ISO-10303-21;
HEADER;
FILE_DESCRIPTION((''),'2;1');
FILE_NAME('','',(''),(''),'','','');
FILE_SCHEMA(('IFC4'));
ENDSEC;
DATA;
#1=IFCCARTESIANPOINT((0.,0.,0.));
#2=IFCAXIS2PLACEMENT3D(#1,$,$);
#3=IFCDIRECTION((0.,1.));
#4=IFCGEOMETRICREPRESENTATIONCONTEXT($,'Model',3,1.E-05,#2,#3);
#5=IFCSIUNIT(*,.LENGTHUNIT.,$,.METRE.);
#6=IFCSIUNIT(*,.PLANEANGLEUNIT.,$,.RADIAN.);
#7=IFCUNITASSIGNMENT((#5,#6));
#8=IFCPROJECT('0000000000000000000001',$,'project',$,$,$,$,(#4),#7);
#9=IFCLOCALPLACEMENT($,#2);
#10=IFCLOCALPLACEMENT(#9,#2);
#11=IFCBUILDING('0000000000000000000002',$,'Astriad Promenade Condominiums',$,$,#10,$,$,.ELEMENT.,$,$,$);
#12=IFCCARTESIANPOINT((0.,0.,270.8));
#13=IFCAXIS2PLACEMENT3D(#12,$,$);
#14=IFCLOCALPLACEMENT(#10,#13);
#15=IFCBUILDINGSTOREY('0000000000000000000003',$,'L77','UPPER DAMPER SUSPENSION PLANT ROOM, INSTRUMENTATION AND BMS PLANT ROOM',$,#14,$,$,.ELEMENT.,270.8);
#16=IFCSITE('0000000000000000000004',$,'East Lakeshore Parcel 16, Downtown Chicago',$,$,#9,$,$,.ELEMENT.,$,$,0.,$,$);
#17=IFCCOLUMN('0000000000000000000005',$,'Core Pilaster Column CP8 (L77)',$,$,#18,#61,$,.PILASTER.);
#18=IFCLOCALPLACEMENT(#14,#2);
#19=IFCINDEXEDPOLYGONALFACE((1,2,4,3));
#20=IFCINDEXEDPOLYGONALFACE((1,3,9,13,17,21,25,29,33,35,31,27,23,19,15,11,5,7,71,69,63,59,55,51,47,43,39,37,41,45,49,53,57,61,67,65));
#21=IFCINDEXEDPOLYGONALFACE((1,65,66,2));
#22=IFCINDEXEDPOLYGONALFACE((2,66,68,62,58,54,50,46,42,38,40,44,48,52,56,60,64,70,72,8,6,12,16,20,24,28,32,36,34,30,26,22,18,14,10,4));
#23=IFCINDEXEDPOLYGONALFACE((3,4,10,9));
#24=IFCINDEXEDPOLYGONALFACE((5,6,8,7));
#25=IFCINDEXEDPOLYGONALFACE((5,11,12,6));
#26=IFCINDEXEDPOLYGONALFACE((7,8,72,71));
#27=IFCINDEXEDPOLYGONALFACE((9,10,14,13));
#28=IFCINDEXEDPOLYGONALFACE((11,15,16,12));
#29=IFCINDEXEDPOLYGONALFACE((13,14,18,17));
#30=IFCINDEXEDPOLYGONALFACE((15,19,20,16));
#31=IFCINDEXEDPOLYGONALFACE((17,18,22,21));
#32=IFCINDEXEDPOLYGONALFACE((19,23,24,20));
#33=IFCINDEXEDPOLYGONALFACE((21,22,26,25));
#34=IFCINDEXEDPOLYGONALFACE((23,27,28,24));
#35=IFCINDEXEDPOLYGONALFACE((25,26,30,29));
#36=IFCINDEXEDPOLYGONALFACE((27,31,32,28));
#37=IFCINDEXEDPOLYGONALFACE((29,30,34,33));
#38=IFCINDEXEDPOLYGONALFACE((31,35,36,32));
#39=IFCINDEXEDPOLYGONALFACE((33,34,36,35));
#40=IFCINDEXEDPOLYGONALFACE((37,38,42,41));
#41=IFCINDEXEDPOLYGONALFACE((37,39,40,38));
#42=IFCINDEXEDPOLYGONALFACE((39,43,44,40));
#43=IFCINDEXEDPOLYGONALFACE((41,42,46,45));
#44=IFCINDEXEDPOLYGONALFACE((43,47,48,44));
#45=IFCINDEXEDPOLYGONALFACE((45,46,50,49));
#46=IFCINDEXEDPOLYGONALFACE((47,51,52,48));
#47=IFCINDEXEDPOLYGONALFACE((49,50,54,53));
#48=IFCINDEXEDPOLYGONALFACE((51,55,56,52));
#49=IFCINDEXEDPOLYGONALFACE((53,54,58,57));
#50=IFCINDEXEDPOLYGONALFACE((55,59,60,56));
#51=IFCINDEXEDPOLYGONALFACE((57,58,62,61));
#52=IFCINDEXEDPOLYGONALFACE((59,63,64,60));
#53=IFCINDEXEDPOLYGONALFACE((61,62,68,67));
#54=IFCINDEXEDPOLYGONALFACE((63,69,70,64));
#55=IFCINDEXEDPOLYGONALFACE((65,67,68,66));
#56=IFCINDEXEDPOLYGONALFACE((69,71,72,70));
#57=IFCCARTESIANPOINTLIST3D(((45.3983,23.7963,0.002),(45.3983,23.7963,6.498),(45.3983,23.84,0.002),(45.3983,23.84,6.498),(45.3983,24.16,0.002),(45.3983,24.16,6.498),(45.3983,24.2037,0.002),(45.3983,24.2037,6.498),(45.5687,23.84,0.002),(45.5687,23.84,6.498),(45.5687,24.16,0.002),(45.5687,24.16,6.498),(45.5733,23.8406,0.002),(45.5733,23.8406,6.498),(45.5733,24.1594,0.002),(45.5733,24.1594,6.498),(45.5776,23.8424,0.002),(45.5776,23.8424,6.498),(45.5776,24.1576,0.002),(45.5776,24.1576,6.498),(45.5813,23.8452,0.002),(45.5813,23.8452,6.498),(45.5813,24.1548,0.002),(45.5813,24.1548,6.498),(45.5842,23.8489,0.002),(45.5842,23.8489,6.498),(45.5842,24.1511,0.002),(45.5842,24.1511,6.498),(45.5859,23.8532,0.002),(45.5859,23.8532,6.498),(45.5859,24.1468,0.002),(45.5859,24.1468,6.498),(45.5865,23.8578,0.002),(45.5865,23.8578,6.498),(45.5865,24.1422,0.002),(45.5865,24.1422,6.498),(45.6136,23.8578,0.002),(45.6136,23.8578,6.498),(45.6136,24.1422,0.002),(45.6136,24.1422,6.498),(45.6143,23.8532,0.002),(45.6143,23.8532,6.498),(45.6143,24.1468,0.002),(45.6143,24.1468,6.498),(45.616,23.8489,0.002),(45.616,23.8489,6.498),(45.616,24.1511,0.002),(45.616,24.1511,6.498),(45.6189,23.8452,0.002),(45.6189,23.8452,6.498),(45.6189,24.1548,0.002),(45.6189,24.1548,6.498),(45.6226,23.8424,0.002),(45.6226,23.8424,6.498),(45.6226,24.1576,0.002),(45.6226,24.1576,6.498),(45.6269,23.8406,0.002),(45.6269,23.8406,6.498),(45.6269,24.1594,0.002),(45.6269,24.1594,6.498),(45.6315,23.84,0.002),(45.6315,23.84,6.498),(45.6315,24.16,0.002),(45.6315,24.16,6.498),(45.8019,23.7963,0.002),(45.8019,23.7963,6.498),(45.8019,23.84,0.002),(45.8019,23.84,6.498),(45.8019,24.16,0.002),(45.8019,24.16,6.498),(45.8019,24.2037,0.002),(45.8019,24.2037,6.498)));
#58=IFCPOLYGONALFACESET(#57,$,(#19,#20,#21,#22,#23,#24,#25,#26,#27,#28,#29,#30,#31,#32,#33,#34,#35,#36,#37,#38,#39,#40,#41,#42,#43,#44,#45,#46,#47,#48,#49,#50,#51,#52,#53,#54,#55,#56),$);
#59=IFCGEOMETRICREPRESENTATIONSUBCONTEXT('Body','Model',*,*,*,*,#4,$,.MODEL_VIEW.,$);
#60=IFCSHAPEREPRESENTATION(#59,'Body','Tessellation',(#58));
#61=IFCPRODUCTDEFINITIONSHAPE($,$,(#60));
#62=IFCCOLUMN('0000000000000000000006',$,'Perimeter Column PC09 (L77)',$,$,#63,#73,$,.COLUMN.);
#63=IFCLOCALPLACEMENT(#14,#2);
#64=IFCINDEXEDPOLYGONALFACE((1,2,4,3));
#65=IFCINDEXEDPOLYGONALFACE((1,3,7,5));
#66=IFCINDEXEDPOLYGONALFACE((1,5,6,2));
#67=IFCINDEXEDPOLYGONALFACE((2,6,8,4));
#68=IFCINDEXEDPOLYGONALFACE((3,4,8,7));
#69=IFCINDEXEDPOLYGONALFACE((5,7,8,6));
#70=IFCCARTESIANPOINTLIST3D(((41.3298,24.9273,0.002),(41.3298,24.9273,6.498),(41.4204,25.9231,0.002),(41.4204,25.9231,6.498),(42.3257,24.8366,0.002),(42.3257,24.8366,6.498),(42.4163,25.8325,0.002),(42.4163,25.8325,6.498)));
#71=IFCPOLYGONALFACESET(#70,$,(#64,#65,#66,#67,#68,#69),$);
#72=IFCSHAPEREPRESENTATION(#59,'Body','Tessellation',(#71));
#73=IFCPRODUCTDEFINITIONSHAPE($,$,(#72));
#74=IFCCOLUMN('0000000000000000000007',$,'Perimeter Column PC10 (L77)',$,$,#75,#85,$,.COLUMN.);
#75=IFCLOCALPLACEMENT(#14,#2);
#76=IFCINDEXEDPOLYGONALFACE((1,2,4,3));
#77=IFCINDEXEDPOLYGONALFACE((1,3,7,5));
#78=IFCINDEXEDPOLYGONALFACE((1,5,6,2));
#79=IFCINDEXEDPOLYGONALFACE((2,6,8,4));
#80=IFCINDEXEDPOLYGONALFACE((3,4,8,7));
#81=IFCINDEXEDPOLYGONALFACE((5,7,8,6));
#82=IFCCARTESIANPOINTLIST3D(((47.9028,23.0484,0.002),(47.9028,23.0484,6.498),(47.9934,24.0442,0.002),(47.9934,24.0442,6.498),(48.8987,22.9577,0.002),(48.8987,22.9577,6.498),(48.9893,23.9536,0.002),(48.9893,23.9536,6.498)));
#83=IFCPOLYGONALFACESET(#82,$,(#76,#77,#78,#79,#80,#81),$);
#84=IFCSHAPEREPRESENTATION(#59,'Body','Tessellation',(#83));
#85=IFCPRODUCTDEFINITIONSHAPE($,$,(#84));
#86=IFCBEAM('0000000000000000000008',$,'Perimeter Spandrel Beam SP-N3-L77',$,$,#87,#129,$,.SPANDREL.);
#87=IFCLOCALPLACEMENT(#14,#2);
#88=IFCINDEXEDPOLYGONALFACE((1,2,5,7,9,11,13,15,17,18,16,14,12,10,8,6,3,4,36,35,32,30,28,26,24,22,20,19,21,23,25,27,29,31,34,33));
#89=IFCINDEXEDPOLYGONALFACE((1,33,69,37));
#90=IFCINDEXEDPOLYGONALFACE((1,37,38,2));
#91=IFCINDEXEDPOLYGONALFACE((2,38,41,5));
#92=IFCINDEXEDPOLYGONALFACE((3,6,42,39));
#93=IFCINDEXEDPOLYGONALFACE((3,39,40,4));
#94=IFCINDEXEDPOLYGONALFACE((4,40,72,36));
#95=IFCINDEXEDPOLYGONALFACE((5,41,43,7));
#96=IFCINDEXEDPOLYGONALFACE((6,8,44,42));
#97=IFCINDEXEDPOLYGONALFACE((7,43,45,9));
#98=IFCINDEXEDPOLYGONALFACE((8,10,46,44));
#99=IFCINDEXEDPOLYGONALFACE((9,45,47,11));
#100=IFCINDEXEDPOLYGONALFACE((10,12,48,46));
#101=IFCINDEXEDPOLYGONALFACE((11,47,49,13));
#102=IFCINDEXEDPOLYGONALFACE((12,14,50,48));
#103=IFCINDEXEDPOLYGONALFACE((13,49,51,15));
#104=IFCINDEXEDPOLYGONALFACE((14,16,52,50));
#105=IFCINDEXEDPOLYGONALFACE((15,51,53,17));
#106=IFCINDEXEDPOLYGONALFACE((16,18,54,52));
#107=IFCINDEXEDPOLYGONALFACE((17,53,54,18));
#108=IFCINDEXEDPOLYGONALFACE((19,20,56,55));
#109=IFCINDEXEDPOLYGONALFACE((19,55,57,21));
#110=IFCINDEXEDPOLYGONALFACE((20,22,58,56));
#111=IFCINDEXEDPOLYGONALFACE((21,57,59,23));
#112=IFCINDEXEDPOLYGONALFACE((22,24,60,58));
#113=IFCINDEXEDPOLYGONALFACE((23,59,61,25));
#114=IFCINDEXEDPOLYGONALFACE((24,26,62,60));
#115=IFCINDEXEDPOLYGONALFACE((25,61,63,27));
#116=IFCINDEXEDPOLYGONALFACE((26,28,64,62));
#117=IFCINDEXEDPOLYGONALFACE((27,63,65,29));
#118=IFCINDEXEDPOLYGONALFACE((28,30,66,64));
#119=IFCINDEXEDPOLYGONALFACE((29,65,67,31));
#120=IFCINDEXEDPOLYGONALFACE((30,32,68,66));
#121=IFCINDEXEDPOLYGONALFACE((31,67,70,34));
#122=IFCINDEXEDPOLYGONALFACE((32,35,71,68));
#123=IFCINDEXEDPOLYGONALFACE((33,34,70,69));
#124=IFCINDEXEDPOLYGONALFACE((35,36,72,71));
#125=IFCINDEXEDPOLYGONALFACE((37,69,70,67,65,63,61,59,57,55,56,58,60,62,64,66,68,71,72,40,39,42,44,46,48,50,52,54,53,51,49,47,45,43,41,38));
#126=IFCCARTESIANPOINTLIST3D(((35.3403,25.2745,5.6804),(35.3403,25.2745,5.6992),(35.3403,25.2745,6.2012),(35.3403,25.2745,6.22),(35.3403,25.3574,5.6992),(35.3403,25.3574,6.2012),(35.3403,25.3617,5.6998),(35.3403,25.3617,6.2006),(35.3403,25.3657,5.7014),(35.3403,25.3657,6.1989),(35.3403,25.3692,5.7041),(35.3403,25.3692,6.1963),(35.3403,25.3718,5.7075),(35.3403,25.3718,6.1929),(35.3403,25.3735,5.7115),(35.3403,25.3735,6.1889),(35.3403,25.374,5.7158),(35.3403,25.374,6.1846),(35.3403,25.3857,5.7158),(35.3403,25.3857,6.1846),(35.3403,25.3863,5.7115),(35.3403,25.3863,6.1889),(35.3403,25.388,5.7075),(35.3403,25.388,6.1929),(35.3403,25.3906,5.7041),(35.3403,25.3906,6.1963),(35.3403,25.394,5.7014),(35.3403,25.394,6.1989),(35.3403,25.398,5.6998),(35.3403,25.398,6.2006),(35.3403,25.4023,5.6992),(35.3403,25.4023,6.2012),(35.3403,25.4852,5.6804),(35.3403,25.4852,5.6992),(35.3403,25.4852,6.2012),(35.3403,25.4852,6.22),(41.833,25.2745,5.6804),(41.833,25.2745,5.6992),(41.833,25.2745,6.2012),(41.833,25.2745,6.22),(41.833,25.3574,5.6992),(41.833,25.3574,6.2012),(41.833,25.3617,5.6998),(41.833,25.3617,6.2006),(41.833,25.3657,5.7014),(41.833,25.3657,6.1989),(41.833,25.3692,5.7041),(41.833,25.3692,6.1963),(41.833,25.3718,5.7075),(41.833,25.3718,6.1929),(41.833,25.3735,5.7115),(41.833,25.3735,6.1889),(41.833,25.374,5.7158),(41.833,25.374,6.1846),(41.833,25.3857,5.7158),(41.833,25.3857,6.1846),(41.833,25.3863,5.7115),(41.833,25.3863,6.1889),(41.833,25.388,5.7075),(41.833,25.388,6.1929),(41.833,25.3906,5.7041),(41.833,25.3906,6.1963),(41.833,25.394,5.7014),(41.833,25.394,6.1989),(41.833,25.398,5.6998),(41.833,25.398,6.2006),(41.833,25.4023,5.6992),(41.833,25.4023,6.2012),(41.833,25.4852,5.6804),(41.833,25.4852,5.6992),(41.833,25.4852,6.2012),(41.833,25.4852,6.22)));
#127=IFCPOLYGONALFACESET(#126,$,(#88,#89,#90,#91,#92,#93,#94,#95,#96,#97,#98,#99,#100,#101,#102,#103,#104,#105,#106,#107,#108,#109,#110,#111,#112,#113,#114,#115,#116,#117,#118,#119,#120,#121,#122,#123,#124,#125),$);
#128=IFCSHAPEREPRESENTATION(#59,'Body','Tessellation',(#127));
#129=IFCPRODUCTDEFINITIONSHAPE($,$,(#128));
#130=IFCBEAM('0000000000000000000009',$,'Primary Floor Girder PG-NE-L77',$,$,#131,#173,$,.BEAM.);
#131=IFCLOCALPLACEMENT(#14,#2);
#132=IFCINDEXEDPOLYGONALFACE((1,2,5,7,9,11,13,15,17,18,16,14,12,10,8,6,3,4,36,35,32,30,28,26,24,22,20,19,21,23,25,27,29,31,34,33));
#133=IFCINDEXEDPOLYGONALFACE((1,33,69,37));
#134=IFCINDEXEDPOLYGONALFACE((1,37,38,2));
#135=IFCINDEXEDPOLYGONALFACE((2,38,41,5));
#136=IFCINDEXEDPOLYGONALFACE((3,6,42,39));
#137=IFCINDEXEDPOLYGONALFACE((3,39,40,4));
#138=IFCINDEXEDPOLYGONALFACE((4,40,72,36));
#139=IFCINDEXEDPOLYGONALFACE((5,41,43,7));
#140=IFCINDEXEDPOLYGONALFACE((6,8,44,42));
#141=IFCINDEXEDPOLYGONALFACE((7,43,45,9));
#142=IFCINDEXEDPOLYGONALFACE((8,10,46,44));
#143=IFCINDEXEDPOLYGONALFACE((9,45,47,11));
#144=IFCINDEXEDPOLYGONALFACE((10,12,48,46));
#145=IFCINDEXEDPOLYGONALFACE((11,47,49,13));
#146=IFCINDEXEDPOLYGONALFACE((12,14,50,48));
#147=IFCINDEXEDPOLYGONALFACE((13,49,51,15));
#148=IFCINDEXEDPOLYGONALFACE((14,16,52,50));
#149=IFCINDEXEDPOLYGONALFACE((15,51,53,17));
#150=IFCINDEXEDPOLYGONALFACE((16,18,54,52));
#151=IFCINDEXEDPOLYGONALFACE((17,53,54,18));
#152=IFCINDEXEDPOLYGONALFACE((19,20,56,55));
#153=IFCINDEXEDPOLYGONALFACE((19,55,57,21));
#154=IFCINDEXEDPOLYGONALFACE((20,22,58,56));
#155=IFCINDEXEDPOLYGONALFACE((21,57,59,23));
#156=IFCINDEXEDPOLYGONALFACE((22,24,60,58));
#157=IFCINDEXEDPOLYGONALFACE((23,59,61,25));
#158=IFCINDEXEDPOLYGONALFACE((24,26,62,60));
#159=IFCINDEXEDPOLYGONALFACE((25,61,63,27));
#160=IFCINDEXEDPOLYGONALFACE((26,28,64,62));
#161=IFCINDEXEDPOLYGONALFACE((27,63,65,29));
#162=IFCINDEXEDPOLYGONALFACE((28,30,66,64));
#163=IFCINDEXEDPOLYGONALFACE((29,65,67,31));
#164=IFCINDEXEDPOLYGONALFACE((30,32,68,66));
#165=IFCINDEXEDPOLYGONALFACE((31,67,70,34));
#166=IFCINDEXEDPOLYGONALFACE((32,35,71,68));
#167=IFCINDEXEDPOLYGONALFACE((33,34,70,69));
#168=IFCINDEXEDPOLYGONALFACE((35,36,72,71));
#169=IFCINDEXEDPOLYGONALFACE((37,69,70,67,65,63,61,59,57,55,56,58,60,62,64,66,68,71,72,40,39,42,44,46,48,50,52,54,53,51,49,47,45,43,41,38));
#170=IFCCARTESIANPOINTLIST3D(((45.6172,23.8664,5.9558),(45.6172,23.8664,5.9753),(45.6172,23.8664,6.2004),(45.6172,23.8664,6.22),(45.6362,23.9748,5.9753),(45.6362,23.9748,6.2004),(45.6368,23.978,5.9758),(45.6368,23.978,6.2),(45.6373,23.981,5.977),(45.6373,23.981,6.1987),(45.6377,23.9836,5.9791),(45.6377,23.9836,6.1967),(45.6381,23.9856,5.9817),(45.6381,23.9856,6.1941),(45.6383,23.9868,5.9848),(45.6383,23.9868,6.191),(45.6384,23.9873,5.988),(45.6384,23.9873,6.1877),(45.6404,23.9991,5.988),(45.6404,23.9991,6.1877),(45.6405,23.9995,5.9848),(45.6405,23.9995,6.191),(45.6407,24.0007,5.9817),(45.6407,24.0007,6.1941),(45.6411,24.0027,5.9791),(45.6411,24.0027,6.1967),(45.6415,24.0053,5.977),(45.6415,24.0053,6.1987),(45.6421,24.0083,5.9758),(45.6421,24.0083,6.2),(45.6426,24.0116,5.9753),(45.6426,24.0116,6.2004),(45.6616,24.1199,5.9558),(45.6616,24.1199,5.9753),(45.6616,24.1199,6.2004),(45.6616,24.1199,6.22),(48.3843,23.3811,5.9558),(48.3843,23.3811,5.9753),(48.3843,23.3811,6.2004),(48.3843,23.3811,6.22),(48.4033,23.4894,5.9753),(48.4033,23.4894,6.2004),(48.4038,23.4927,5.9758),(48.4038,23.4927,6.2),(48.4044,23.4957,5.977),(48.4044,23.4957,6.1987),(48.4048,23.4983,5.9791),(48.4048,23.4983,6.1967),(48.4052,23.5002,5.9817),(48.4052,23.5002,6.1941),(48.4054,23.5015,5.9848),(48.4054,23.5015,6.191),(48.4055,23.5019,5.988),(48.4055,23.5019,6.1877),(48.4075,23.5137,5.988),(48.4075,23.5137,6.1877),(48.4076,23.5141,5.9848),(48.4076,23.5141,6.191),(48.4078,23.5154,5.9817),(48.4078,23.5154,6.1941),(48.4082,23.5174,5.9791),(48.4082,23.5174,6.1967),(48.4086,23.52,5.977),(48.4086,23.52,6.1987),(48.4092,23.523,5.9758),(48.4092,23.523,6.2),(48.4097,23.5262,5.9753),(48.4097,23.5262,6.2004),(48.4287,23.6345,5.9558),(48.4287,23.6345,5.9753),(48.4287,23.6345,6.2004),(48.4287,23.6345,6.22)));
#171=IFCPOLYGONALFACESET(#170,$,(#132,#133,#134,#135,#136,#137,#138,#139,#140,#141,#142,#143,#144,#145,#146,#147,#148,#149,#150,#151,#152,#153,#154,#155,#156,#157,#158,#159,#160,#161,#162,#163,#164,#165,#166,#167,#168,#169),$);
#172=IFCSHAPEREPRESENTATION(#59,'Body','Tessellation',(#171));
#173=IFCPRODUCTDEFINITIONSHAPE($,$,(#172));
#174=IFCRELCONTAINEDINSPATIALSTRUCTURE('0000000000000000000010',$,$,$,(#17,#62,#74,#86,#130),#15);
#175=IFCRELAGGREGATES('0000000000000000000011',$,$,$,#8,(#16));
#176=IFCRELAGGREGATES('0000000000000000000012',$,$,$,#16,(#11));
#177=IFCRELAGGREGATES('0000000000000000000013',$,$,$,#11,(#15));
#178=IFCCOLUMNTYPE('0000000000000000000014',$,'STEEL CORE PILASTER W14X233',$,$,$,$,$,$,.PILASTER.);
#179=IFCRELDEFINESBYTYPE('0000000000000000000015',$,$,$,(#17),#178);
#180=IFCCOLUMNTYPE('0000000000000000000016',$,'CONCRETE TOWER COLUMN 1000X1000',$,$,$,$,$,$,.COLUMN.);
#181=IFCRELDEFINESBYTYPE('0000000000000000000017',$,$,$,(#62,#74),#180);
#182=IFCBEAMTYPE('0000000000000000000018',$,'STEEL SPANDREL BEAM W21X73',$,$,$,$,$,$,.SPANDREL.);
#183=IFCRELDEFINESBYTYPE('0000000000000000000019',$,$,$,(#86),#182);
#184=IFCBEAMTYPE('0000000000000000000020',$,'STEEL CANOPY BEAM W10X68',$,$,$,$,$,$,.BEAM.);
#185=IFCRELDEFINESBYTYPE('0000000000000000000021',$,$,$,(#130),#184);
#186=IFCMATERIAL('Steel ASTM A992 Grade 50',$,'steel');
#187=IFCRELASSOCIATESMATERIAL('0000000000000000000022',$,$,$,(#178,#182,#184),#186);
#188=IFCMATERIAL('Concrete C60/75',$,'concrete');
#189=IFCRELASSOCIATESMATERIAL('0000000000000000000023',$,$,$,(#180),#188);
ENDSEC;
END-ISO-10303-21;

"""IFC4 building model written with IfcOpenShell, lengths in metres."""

from ifc_helpers import new_model, si_unit, direction, frame, origin, origin_2d, place, context, subcontext, project, spatial, rectangle, i_section, extrude, source, transform, mapped, material, material_profile, profile_set, type_object, type_shapes, element, save


model = new_model("IFC4")

# Units and contexts
model_context = context("Model", 3, precision=1e-05, world=origin(), true_north=direction((0.0, 1.0)))
body_context = subcontext(model_context, "Body", "Model", "MODEL_VIEW")
ifc_project = project(units=[si_unit("LENGTHUNIT", "METRE"), si_unit("PLANEANGLEUNIT", "RADIAN")], contexts=[model_context])

# Site, building, storey
site_placement = place(None, origin())
site = spatial("IfcSite", under=ifc_project, at=site_placement, Name="East Lakeshore Parcel 16, Downtown Chicago", CompositionType="ELEMENT", RefElevation=0.0)
building_placement = place(site_placement, origin())
building = spatial("IfcBuilding", under=site, at=building_placement, Name="Astriad Promenade Condominiums", CompositionType="ELEMENT")
storey_placement = place(building_placement, frame((0.0, 0.0, 270.8)))
storey = spatial("IfcBuildingStorey", under=building, at=storey_placement, Name="L77", Description="UPPER DAMPER SUSPENSION PLANT ROOM, INSTRUMENTATION AND BMS PLANT ROOM", CompositionType="ELEMENT", Elevation=270.8)

# Columns
ifc_material_1 = material(Name="Steel ASTM A992 Grade 50", Category="steel")
ifc_material_profile_1 = material_profile(ifc_material_1, i_section(OverallWidth=0.4036, OverallDepth=0.4075, WebThickness=0.0271, FlangeThickness=0.0437, FilletRadius=0.0178, at=origin_2d()), Name="W14X233")
ifc_profile_set_1 = profile_set([ifc_material_profile_1], Name="Steel ASTM A992 Grade 50")
column_type_1 = type_object("IfcColumnType", Name="STEEL CORE PILASTER W14X233", PredefinedType="PILASTER", material=ifc_profile_set_1)
shared_shape_1 = source(origin(), body_context, "Body", "SweptSolid", [
    extrude(i_section(OverallWidth=0.4036, OverallDepth=0.4075, WebThickness=0.0271, FlangeThickness=0.0437, FilletRadius=0.0178, at=origin_2d()), origin(), (0.0, 0.0, 1.0), 6.4961),
])
type_shapes(column_type_1, [shared_shape_1])
column_placement = place(storey_placement, frame((45.6001, 24.0, 0.002), z_axis=(0.0, 0.0, 1.0), x_axis=(1.0, 0.0, 0.0)))
element("IfcColumn", 1, at=column_placement, inside=storey, type_object=column_type_1, Name="Core Pilaster Column CP8 (L77)", PredefinedType="PILASTER", context=body_context, shape_type="MappedRepresentation", body=[
    mapped(shared_shape_1, transform((0.0, 0.0, 0.0), scale=1.0)),
])
ifc_material_2 = material(Name="Concrete C60/75", Category="concrete")
ifc_material_profile_2 = material_profile(ifc_material_2, rectangle(XDim=1.0, YDim=1.0, at=origin_2d()), Name="RC-COL-1000X1000")
ifc_profile_set_2 = profile_set([ifc_material_profile_2], Name="Concrete C60/75")
column_type_2 = type_object("IfcColumnType", Name="CONCRETE TOWER COLUMN 1000X1000", PredefinedType="COLUMN", material=ifc_profile_set_2)
shared_shape_2 = source(origin(), body_context, "Body", "SweptSolid", [
    extrude(rectangle(XDim=1.0, YDim=1.0, at=origin_2d()), origin(), (0.0, 0.0, 1.0), 6.4961),
])
type_shapes(column_type_2, [shared_shape_2])
for number, where, z_axis, x_axis, name in (
    (2, (41.873, 25.3799, 0.002), (0.0, 0.0, 1.0), (0.995884, -0.090633, 0.0), "Perimeter Column PC09 (L77)"),
    (3, (48.446, 23.501, 0.002), (0.0, 0.0, 1.0), (0.995884, -0.090633, 0.0), "Perimeter Column PC10 (L77)"),
):
    element("IfcColumn", number, at=place(storey_placement, frame(where, z_axis=z_axis, x_axis=x_axis)), inside=storey, type_object=column_type_2, Name=name, PredefinedType="COLUMN", context=body_context, shape_type="MappedRepresentation", body=[
        mapped(shared_shape_2, transform((0.0, 0.0, 0.0), scale=1.0)),
    ])

# Beams
ifc_material_profile_3 = material_profile(ifc_material_1, i_section(OverallWidth=0.2107, OverallDepth=0.5396, WebThickness=0.0117, FlangeThickness=0.0188, FilletRadius=0.0166, at=origin_2d()), Name="W21X73")
ifc_profile_set_3 = profile_set([ifc_material_profile_3], Name="Steel ASTM A992 Grade 50")
beam_type_1 = type_object("IfcBeamType", Name="STEEL SPANDREL BEAM W21X73", PredefinedType="SPANDREL", material=ifc_profile_set_3)
shared_shape_3 = source(origin(), body_context, "Body", "SweptSolid", [
    extrude(i_section(OverallWidth=0.2107, OverallDepth=0.5396, WebThickness=0.0117, FlangeThickness=0.0188, FilletRadius=0.0166, at=origin_2d()), origin(), (0.0, 0.0, 1.0), 6.4927),
])
type_shapes(beam_type_1, [shared_shape_3])
beam_1_placement = place(storey_placement, frame((41.833, 25.3799, 5.9502), z_axis=(-1.0, 0.0, 0.0), x_axis=(0.0, -1.0, 0.0)))
element("IfcBeam", 4, at=beam_1_placement, inside=storey, type_object=beam_type_1, Name="Perimeter Spandrel Beam SP-N3-L77", PredefinedType="SPANDREL", context=body_context, shape_type="MappedRepresentation", body=[
    mapped(shared_shape_3, transform((0.0, 0.0, 0.0), scale=1.0)),
])
ifc_material_profile_4 = material_profile(ifc_material_1, i_section(OverallWidth=0.2573, OverallDepth=0.2642, WebThickness=0.012, FlangeThickness=0.0195, FilletRadius=0.0127, at=origin_2d()), Name="W10X68")
ifc_profile_set_4 = profile_set([ifc_material_profile_4], Name="Steel ASTM A992 Grade 50")
beam_type_2 = type_object("IfcBeamType", Name="STEEL CANOPY BEAM W10X68", PredefinedType="BEAM", material=ifc_profile_set_4)
shared_shape_4 = source(origin(), body_context, "Body", "SweptSolid", [
    extrude(i_section(OverallWidth=0.2573, OverallDepth=0.2642, WebThickness=0.012, FlangeThickness=0.0195, FilletRadius=0.0127, at=origin_2d()), origin(), (0.0, 0.0, 1.0), 2.8093),
])
type_shapes(beam_type_2, [shared_shape_4])
beam_2_placement = place(storey_placement, frame((48.4065, 23.5078, 6.0879), z_axis=(-0.984963, 0.172764, 0.0), x_axis=(-0.172764, -0.984963, 0.0)))
element("IfcBeam", 5, at=beam_2_placement, inside=storey, type_object=beam_type_2, Name="Primary Floor Girder PG-NE-L77", PredefinedType="BEAM", context=body_context, shape_type="MappedRepresentation", body=[
    mapped(shared_shape_4, transform((0.0, 0.0, 0.0), scale=1.0)),
])

save(model, "model.ifc")
